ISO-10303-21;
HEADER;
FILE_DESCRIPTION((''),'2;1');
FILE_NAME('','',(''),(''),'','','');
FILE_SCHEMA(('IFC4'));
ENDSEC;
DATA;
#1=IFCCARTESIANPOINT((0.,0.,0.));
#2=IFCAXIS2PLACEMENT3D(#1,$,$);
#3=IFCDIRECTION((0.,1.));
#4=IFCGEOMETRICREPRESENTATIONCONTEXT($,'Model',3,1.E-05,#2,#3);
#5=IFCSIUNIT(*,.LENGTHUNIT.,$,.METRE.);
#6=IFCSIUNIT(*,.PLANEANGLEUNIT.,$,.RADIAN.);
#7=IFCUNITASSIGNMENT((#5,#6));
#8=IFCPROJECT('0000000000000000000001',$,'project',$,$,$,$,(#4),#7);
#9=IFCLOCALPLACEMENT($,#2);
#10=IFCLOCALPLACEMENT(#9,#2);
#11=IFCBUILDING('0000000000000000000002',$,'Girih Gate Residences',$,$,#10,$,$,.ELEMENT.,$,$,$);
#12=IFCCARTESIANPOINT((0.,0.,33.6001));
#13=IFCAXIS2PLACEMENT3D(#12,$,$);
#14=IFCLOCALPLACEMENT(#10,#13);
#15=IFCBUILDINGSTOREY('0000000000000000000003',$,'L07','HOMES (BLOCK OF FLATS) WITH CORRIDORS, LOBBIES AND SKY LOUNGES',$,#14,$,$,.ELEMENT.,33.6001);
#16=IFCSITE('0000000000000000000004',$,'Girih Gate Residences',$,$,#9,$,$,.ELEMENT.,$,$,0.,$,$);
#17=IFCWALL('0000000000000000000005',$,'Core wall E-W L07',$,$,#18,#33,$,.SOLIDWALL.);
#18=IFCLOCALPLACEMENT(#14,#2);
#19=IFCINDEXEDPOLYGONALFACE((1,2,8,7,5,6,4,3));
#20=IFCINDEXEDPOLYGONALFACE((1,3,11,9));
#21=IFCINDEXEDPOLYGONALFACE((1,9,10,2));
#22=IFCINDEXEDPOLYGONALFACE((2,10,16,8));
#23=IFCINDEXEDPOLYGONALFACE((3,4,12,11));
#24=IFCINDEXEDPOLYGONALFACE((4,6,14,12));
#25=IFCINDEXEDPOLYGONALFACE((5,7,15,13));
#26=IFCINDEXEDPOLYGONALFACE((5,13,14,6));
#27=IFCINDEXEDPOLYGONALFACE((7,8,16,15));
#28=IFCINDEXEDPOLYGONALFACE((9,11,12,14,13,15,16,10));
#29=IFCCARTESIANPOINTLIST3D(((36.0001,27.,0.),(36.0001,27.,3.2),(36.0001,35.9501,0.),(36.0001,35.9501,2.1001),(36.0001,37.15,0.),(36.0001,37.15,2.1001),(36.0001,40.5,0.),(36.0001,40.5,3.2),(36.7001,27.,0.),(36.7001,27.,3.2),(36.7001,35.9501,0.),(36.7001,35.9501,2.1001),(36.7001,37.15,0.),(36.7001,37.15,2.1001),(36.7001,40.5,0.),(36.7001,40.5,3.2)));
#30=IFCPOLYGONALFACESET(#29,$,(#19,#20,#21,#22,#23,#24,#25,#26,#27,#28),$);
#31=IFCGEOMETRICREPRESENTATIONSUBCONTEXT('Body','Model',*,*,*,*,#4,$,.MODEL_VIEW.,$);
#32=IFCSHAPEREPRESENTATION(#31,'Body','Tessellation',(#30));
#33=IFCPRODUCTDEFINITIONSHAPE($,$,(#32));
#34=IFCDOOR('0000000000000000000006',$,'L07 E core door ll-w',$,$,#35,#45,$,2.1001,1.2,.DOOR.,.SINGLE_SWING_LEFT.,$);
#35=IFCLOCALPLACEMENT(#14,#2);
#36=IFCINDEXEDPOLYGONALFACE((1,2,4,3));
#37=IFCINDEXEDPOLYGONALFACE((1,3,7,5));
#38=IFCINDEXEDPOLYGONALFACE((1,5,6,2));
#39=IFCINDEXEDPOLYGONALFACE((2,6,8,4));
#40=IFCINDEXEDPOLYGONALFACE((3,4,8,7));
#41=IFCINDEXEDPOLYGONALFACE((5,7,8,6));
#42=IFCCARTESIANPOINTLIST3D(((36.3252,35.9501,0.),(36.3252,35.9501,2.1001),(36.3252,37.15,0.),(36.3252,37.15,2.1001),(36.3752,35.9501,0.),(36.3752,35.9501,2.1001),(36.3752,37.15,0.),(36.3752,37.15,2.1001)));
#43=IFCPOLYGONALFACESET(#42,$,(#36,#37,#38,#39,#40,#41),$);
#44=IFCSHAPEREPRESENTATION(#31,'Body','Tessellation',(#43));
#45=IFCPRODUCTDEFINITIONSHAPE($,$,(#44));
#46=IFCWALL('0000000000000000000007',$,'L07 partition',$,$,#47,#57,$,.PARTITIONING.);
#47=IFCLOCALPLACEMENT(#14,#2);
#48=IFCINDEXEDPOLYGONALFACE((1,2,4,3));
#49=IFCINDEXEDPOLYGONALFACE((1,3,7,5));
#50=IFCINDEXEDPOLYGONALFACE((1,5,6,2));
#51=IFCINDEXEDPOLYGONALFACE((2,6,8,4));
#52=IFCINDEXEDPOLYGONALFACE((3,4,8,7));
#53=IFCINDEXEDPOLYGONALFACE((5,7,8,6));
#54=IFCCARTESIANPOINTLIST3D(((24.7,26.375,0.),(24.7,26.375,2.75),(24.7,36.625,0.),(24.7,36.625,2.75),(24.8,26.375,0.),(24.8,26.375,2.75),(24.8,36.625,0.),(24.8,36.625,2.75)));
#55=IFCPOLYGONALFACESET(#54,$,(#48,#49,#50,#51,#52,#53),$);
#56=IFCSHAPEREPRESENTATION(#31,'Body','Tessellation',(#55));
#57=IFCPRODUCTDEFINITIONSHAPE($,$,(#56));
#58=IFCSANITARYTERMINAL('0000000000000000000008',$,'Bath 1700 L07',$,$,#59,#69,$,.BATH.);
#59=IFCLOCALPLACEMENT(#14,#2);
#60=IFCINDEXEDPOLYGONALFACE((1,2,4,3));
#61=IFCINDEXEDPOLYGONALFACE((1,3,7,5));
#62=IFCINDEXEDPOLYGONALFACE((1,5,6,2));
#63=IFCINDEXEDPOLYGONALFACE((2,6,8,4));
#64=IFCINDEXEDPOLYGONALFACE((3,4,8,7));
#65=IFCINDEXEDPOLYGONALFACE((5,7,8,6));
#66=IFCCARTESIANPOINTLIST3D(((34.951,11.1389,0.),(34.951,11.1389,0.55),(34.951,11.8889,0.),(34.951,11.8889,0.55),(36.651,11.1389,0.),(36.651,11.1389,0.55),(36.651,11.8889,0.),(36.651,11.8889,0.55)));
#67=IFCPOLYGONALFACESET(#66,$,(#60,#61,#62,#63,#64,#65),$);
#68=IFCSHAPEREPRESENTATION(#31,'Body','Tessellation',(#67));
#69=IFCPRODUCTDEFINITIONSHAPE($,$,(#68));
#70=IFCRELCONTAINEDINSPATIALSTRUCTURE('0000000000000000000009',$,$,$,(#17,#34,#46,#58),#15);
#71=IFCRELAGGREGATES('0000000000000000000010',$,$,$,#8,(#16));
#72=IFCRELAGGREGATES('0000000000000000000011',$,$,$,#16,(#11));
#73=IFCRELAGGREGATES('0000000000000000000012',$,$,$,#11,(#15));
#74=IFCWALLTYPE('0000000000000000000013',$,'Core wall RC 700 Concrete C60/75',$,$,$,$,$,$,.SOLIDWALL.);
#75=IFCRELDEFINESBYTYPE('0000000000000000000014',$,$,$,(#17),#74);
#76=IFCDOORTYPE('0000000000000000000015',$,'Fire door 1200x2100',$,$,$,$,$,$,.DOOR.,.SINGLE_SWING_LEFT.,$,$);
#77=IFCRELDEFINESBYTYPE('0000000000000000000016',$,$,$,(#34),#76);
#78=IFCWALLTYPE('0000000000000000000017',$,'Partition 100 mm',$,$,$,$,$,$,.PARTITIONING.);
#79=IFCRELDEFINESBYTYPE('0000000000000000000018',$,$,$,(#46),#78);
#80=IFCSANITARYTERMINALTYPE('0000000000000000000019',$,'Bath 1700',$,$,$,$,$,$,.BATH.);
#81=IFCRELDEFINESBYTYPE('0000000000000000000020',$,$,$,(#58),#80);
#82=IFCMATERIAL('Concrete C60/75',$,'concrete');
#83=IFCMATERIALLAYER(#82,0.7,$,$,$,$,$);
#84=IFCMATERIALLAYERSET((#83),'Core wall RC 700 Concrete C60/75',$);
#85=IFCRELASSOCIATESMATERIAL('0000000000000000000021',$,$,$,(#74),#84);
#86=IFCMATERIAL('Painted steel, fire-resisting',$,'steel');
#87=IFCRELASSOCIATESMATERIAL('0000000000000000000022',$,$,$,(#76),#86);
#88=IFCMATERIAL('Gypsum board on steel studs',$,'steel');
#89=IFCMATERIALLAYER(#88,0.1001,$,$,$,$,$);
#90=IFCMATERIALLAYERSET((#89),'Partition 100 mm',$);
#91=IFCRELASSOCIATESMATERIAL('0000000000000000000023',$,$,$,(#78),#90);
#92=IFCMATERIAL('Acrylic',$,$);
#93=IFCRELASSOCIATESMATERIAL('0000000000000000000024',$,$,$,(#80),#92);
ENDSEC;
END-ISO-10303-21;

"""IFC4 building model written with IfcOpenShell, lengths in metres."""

from ifc_helpers import new_model, si_unit, direction, frame, frame_2d, origin, origin_2d, place, context, subcontext, project, spatial, rectangle, extrude, material, layer, layer_set, type_object, element, fill, save


model = new_model("IFC4")

# Units and contexts
model_context = context("Model", 3, precision=1e-05, world=origin(), true_north=direction((0.0, 1.0)))
body_context = subcontext(model_context, "Body", "Model", "MODEL_VIEW")
ifc_project = project(units=[si_unit("LENGTHUNIT", "METRE"), si_unit("PLANEANGLEUNIT", "RADIAN")], contexts=[model_context])

# Site, building, storey
site_placement = place(None, origin())
site = spatial("IfcSite", under=ifc_project, at=site_placement, Name="Girih Gate Residences", CompositionType="ELEMENT", RefElevation=0.0)
building_placement = place(site_placement, origin())
building = spatial("IfcBuilding", under=site, at=building_placement, Name="Girih Gate Residences", CompositionType="ELEMENT")
storey_placement = place(building_placement, frame((0.0, 0.0, 33.6001)))
storey = spatial("IfcBuildingStorey", under=building, at=storey_placement, Name="L07", Description="HOMES (BLOCK OF FLATS) WITH CORRIDORS, LOBBIES AND SKY LOUNGES", CompositionType="ELEMENT", Elevation=33.6001)

# Shared definitions
ifc_material_1 = material(Name="Concrete C60/75", Category="concrete")

# Shared definitions
ifc_material_2 = material(Name="Gypsum board on steel studs", Category="steel")

# Wall, opening, door
ifc_layer_1 = layer(ifc_material_1, 0.7)
ifc_layer_set_1 = layer_set([ifc_layer_1], Name="Core wall RC 700 Concrete C60/75")
wall_type_1 = type_object("IfcWallType", Name="Core wall RC 700 Concrete C60/75", PredefinedType="SOLIDWALL", material=ifc_layer_set_1)
wall_1_placement = place(storey_placement, frame((36.3501, 27.0, 0.0), z_axis=(0.0, 0.0, 1.0), x_axis=(0.0, 1.0, 0.0)))
wall_1 = element("IfcWall", 1, at=wall_1_placement, inside=storey, type_object=wall_type_1, Name="Core wall E-W L07", PredefinedType="SOLIDWALL", context=body_context, shape_type="SweptSolid", body=[
    extrude(rectangle(XDim=13.5, YDim=0.7, at=frame_2d((6.75, 0.0))), origin(), (0.0, 0.0, 1.0), 3.2),
])
opening_1_placement = place(wall_1_placement, frame((8.95, 0.0, 0.0)))
opening_1 = element("IfcOpeningElement", 2, at=opening_1_placement, cuts=wall_1, PredefinedType="OPENING", context=body_context, shape_type="SweptSolid", body=[
    extrude(rectangle(XDim=1.2, YDim=2.1001, at=frame_2d((0.6001, 1.05))), frame((0.0, 0.3599, 0.0), z_axis=(0.0, -1.0, 0.0), x_axis=(1.0, 0.0, 0.0)), (0.0, 0.0, 1.0), 0.72),
])
ifc_material_3 = material(Name="Painted steel, fire-resisting", Category="steel")
door_type_1 = type_object("IfcDoorType", Name="Fire door 1200x2100", OperationType="SINGLE_SWING_LEFT", PredefinedType="DOOR", material=ifc_material_3)
door_1_placement = place(opening_1_placement, origin())
door_1 = element("IfcDoor", 3, at=door_1_placement, inside=storey, type_object=door_type_1, Name="L07 E core door ll-w", OperationType="SINGLE_SWING_LEFT", OverallHeight=2.1001, OverallWidth=1.2, PredefinedType="DOOR", context=body_context, shape_type="SweptSolid", body=[
    extrude(rectangle(XDim=1.2, YDim=2.1001, at=frame_2d((0.6001, 1.05))), frame((0.0, 0.0249, 0.0), z_axis=(0.0, -1.0, 0.0), x_axis=(1.0, 0.0, 0.0)), (0.0, 0.0, 1.0), 0.05),
])
fill(opening_1, door_1)

# Wall
ifc_layer_2 = layer(ifc_material_2, 0.1001)
ifc_layer_set_2 = layer_set([ifc_layer_2], Name="Partition 100 mm")
wall_type_2 = type_object("IfcWallType", Name="Partition 100 mm", PredefinedType="PARTITIONING", material=ifc_layer_set_2)
wall_2_placement = place(storey_placement, frame((24.75, 26.375, 0.0), z_axis=(0.0, 0.0, 1.0), x_axis=(0.0, 1.0, 0.0)))
element("IfcWall", 4, at=wall_2_placement, inside=storey, type_object=wall_type_2, Name="L07 partition", PredefinedType="PARTITIONING", context=body_context, shape_type="SweptSolid", body=[
    extrude(rectangle(XDim=10.25, YDim=0.1001, at=frame_2d((5.125, 0.0))), origin(), (0.0, 0.0, 1.0), 2.75),
])

# Sanitary terminal
ifc_material_4 = material(Name="Acrylic")
sanitary_terminal_type = type_object("IfcSanitaryTerminalType", Name="Bath 1700", PredefinedType="BATH", material=ifc_material_4)
sanitary_terminal_placement = place(storey_placement, frame((35.801, 11.5139, 0.0), z_axis=(0.0, 0.0, 1.0), x_axis=(1.0, 0.0, 0.0)))
element("IfcSanitaryTerminal", 5, at=sanitary_terminal_placement, inside=storey, type_object=sanitary_terminal_type, Name="Bath 1700 L07", PredefinedType="BATH", context=body_context, shape_type="SweptSolid", body=[
    extrude(rectangle(XDim=1.7, YDim=0.75, at=origin_2d()), origin(), (0.0, 0.0, 1.0), 0.55),
])

save(model, "model.ifc")
